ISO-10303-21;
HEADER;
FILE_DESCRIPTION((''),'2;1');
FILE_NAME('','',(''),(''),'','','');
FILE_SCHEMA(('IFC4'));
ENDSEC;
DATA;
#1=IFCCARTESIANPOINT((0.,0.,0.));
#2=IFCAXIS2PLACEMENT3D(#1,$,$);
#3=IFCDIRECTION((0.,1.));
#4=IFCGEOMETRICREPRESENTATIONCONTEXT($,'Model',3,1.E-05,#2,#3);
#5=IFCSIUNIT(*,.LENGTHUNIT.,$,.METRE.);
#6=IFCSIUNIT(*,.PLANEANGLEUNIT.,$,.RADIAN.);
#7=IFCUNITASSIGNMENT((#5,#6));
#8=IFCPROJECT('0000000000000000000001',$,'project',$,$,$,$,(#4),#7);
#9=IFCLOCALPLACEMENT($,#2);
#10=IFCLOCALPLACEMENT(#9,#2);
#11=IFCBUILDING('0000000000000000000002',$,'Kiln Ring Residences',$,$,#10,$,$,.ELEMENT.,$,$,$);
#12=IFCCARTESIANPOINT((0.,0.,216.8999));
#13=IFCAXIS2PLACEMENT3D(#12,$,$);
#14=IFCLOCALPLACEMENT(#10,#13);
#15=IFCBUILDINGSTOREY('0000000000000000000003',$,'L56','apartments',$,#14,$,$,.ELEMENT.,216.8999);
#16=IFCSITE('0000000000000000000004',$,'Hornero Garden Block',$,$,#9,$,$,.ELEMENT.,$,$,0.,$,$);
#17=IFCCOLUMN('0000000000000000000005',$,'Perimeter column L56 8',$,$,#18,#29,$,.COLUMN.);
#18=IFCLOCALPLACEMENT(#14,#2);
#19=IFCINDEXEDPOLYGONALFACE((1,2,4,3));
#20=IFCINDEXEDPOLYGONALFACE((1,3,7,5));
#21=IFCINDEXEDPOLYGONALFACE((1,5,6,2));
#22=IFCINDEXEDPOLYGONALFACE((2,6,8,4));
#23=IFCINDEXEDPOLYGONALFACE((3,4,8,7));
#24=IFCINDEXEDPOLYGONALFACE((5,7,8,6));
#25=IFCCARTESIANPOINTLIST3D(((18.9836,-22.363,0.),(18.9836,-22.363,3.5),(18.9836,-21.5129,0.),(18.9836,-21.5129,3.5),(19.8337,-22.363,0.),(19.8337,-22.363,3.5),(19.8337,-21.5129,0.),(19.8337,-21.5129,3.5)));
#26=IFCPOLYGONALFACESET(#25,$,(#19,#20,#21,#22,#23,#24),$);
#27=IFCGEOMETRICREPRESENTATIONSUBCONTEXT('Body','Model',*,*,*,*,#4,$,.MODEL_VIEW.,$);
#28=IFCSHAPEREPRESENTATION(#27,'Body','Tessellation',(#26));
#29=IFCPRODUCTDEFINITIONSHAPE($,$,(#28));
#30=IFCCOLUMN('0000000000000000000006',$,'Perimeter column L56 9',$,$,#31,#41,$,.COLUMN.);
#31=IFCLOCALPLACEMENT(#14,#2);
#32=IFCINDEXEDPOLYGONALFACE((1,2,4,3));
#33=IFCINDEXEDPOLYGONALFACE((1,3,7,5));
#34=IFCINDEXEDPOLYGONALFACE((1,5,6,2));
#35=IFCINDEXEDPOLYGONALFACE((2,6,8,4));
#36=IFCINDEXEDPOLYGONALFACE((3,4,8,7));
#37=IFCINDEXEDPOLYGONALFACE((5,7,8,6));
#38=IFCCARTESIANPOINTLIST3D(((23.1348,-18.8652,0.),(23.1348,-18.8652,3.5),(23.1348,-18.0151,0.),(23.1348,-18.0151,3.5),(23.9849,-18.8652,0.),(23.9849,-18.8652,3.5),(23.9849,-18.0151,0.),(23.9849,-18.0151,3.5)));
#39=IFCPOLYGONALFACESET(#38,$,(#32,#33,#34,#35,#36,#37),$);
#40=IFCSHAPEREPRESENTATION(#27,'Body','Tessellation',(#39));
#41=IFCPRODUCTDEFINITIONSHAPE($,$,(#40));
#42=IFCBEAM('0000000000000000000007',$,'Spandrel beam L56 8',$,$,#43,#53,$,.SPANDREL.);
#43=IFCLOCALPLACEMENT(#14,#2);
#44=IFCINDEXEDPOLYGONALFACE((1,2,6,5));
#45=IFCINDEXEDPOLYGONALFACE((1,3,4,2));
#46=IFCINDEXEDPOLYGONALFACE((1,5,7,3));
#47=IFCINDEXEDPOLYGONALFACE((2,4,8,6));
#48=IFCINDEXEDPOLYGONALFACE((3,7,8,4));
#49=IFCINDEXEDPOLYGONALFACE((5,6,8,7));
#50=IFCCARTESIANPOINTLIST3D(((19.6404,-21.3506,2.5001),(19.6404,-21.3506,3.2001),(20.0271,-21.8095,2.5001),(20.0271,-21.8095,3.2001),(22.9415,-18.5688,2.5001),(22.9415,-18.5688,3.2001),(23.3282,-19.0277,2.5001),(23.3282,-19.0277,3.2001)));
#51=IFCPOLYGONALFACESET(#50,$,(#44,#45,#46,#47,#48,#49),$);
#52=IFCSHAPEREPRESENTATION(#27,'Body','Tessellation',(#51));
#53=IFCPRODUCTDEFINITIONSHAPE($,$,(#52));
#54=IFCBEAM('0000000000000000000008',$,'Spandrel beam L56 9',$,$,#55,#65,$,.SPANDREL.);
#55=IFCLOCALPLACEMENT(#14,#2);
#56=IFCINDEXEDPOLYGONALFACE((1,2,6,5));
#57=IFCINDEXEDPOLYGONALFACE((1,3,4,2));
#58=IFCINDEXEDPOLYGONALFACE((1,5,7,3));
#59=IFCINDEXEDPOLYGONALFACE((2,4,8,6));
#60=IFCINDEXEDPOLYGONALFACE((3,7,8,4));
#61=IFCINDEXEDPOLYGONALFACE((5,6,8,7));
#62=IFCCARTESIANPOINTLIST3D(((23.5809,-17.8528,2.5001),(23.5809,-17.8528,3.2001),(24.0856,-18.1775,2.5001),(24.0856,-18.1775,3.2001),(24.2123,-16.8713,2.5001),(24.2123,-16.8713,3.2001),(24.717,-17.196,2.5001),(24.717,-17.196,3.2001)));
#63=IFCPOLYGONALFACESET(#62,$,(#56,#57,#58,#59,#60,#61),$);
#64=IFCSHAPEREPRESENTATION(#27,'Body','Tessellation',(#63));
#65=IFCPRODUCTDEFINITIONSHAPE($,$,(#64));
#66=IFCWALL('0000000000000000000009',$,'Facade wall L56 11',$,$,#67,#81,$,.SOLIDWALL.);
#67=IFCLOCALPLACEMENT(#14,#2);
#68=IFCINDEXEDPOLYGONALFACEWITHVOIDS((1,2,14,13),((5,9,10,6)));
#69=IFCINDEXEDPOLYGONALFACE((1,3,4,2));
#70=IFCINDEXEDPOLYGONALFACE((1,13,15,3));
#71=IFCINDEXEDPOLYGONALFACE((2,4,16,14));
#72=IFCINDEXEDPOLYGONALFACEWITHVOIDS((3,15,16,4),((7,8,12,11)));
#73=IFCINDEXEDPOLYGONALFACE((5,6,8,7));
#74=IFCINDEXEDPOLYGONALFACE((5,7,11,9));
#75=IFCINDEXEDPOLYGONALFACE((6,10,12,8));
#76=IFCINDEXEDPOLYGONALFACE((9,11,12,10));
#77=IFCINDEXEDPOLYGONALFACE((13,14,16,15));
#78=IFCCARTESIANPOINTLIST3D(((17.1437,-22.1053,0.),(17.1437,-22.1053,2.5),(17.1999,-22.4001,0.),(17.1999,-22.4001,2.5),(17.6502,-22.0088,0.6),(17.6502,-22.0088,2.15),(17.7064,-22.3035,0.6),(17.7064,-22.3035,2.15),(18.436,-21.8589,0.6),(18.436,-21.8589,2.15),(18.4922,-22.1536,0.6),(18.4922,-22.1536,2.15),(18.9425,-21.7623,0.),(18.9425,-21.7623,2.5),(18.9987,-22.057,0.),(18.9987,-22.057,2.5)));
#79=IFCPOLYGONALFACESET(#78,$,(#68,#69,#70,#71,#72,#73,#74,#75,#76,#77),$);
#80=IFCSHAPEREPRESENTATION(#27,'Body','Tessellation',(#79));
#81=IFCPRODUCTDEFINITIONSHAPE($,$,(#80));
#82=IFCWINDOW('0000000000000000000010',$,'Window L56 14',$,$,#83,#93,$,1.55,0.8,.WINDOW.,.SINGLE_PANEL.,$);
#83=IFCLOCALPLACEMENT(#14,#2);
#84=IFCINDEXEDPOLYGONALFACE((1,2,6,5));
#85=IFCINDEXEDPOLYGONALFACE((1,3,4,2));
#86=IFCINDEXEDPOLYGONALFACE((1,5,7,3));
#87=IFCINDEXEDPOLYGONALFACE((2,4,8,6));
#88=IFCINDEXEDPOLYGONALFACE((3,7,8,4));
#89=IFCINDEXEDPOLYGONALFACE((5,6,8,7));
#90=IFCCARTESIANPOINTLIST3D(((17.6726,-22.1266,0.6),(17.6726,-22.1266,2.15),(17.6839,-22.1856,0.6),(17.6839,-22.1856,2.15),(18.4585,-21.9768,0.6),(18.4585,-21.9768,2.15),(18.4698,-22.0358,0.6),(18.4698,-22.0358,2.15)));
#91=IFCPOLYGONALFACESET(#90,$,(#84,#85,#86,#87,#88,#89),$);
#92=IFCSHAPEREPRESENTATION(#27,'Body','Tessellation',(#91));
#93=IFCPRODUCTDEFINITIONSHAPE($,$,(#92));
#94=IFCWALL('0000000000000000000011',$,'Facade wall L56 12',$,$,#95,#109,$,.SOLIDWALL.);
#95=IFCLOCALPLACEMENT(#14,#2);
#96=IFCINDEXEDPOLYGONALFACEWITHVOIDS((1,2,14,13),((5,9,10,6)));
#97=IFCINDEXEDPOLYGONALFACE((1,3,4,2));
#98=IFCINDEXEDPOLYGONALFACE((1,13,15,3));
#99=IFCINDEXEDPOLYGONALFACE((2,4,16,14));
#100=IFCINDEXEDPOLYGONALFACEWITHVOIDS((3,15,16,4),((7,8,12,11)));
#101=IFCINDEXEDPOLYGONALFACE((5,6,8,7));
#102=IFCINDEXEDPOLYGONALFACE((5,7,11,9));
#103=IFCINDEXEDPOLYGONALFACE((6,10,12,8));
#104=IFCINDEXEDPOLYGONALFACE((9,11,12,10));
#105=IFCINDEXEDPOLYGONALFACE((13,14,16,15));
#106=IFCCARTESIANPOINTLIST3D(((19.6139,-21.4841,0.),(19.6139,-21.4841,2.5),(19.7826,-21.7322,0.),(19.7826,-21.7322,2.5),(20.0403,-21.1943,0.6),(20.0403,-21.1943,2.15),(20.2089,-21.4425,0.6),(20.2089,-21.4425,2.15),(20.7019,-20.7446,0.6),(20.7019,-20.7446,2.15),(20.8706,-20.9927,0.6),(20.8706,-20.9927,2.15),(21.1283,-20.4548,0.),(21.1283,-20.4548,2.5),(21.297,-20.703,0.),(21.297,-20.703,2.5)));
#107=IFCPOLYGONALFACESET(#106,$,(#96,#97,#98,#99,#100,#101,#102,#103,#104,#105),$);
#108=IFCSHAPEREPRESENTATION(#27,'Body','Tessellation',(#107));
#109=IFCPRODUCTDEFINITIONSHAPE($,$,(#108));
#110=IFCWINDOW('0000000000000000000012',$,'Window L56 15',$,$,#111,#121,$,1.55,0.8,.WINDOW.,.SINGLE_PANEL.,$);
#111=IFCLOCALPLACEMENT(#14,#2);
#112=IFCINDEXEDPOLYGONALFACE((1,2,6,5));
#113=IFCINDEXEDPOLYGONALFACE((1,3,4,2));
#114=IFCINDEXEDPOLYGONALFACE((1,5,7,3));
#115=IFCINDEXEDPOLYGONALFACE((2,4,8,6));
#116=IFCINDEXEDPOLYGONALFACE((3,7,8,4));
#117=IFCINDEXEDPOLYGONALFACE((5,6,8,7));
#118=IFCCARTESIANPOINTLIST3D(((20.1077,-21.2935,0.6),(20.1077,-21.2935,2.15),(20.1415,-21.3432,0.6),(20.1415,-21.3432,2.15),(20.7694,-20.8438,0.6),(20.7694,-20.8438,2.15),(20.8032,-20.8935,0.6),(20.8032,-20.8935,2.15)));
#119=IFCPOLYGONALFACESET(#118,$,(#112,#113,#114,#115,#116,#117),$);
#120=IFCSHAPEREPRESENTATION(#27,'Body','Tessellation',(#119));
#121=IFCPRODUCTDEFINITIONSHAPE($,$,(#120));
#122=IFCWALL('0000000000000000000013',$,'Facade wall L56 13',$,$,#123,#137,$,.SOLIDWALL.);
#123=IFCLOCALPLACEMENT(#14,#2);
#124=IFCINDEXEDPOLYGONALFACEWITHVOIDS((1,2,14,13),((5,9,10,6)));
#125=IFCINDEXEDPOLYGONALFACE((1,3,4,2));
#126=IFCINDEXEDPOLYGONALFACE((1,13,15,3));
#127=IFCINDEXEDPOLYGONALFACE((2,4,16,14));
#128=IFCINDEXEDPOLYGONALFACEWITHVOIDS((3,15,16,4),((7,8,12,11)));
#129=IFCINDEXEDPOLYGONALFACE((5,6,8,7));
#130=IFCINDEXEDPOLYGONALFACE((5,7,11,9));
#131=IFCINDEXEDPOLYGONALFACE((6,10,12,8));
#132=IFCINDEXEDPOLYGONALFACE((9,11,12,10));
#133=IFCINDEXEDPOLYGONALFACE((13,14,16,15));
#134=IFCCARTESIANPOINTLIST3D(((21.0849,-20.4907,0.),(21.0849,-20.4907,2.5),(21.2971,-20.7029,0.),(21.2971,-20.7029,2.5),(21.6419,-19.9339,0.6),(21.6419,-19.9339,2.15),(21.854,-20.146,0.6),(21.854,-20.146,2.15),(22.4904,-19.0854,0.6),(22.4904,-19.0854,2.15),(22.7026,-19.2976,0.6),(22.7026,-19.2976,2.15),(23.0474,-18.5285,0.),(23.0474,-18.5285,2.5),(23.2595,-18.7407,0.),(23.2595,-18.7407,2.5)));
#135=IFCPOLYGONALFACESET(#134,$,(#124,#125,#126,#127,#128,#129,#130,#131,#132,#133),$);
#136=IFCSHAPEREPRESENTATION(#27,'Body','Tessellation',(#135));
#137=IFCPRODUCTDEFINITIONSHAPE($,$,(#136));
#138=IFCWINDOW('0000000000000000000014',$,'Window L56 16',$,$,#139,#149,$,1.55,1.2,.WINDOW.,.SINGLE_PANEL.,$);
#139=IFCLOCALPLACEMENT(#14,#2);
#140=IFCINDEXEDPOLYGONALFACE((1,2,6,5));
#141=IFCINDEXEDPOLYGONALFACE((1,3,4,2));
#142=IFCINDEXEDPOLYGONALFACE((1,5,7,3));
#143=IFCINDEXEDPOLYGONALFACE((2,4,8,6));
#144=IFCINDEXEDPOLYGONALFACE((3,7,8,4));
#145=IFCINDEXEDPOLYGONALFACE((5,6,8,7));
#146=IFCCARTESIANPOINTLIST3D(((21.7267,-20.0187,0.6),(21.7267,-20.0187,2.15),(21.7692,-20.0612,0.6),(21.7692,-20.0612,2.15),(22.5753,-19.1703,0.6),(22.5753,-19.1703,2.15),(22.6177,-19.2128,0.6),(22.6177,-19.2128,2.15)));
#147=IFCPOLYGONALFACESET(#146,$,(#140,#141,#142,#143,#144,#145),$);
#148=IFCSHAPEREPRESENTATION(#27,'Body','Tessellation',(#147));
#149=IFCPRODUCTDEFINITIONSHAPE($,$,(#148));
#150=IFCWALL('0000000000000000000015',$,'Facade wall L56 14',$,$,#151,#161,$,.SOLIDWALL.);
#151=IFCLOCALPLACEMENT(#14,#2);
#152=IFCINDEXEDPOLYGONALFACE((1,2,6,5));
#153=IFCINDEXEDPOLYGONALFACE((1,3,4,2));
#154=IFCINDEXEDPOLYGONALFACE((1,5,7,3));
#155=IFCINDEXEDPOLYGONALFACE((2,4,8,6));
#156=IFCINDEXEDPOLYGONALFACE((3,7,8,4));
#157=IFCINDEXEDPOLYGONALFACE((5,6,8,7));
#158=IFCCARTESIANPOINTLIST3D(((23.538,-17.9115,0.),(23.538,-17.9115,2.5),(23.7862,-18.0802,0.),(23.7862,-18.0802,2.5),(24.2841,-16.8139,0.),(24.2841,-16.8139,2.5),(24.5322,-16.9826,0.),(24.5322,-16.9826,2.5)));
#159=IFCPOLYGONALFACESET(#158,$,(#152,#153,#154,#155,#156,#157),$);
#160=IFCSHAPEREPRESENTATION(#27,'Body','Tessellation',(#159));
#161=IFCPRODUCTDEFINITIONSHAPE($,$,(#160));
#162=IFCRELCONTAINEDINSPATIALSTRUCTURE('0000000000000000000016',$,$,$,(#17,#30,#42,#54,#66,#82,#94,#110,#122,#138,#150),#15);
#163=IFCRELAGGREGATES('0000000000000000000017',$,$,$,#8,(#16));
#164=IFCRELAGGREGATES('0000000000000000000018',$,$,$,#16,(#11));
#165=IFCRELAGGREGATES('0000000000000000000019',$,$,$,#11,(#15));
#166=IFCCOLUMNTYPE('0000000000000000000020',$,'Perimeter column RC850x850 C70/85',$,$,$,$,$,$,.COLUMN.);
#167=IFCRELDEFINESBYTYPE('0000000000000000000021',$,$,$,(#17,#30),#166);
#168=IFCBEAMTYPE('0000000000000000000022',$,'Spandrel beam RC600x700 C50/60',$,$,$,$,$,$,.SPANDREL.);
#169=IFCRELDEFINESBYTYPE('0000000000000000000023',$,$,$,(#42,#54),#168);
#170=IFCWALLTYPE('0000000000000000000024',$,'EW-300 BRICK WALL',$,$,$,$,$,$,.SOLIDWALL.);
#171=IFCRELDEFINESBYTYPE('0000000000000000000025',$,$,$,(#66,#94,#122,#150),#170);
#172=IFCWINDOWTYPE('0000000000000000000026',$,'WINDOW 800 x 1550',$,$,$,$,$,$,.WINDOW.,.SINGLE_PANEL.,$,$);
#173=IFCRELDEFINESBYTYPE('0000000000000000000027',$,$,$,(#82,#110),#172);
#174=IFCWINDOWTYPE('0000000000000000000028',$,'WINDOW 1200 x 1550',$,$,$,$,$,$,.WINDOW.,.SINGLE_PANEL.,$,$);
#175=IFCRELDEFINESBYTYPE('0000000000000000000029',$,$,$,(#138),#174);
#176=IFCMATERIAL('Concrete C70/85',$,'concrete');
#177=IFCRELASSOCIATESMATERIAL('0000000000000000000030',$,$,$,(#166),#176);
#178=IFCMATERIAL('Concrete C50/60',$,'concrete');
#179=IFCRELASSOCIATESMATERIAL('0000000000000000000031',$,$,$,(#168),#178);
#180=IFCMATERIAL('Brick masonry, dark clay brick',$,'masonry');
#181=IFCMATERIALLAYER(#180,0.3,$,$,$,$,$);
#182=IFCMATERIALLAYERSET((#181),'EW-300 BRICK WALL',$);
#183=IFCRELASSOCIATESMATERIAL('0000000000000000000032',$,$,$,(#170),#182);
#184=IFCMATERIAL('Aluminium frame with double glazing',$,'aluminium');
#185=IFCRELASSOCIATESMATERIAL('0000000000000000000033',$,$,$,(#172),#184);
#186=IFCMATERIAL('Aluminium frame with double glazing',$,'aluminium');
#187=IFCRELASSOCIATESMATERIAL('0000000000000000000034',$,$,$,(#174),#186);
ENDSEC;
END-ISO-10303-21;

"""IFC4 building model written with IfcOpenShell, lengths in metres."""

from ifc_helpers import new_model, si_unit, direction, frame, frame_2d, origin, origin_2d, place, context, subcontext, project, spatial, rectangle, extrude, material, layer, layer_set, material_profile, profile_set, type_object, element, fill, save


model = new_model("IFC4")

# Units and contexts
model_context = context("Model", 3, precision=1e-05, world=origin(), true_north=direction((0.0, 1.0)))
body_context = subcontext(model_context, "Body", "Model", "MODEL_VIEW")
ifc_project = project(units=[si_unit("LENGTHUNIT", "METRE"), si_unit("PLANEANGLEUNIT", "RADIAN")], contexts=[model_context])

# Site, building, storey
site_placement = place(None, origin())
site = spatial("IfcSite", under=ifc_project, at=site_placement, Name="Hornero Garden Block", CompositionType="ELEMENT", RefElevation=0.0)
building_placement = place(site_placement, origin())
building = spatial("IfcBuilding", under=site, at=building_placement, Name="Kiln Ring Residences", CompositionType="ELEMENT")
storey_placement = place(building_placement, frame((0.0, 0.0, 216.8999)))
storey = spatial("IfcBuildingStorey", under=building, at=storey_placement, Name="L56", Description="apartments", CompositionType="ELEMENT", Elevation=216.8999)

# Columns
ifc_material_1 = material(Name="Concrete C70/85", Category="concrete")
ifc_material_profile_1 = material_profile(ifc_material_1, rectangle(XDim=0.8501, YDim=0.8501, at=origin_2d()), Name="RC850x850")
ifc_profile_set_1 = profile_set([ifc_material_profile_1], Name="Concrete C70/85")
column_type = type_object("IfcColumnType", Name="Perimeter column RC850x850 C70/85", PredefinedType="COLUMN", material=ifc_profile_set_1)
for number, where, z_axis, x_axis, name in (
    (1, (19.4087, -21.938, 0.0), (0.0, 0.0, 1.0), (1.0, 0.0, 0.0), "Perimeter column L56 8"),
    (2, (23.5598, -18.4402, 0.0), (0.0, 0.0, 1.0), (1.0, 0.0, 0.0), "Perimeter column L56 9"),
):
    element("IfcColumn", number, at=place(storey_placement, frame(where, z_axis=z_axis, x_axis=x_axis)), inside=storey, type_object=column_type, Name=name, PredefinedType="COLUMN", context=body_context, shape_type="SweptSolid", body=[
        extrude(rectangle(XDim=0.8501, YDim=0.8501, at=origin_2d()), origin(), (0.0, 0.0, 1.0), 3.5),
    ])

# Beams
ifc_material_2 = material(Name="Concrete C50/60", Category="concrete")
ifc_material_profile_2 = material_profile(ifc_material_2, rectangle(XDim=0.6001, YDim=0.7, at=origin_2d()), Name="RC600x700")
ifc_profile_set_2 = profile_set([ifc_material_profile_2], Name="Concrete C50/60")
beam_type = type_object("IfcBeamType", Name="Spandrel beam RC600x700 C50/60", PredefinedType="SPANDREL", material=ifc_profile_set_2)
beam_1_placement = place(storey_placement, frame((19.8337, -21.5801, 2.8501), z_axis=(0.764691, 0.644397, 0.0), x_axis=(-0.644397, 0.764691, 0.0)))
element("IfcBeam", 3, at=beam_1_placement, inside=storey, type_object=beam_type, Name="Spandrel beam L56 8", PredefinedType="SPANDREL", context=body_context, shape_type="SweptSolid", body=[
    extrude(rectangle(XDim=0.6001, YDim=0.7, at=origin_2d()), origin(), (0.0, 0.0, 1.0), 4.3169),
])
beam_2_placement = place(storey_placement, frame((23.8333, -18.0151, 2.8501), z_axis=(0.541011, 0.841015, 0.0), x_axis=(-0.841015, 0.541011, 0.0)))
element("IfcBeam", 4, at=beam_2_placement, inside=storey, type_object=beam_type, Name="Spandrel beam L56 9", PredefinedType="SPANDREL", context=body_context, shape_type="SweptSolid", body=[
    extrude(rectangle(XDim=0.6001, YDim=0.7, at=origin_2d()), origin(), (0.0, 0.0, 1.0), 1.167),
])

# Walls, openings, windows
ifc_material_3 = material(Name="Brick masonry, dark clay brick", Category="masonry")
ifc_layer_1 = layer(ifc_material_3, 0.3)
ifc_layer_set_1 = layer_set([ifc_layer_1], Name="EW-300 BRICK WALL")
wall_type_1 = type_object("IfcWallType", Name="EW-300 BRICK WALL", PredefinedType="SOLIDWALL", material=ifc_layer_set_1)
wall_1_placement = place(storey_placement, frame((17.1719, -22.2527, 0.0), z_axis=(0.0, 0.0, 1.0), x_axis=(0.9823, 0.187314, 0.0)))
wall_1 = element("IfcWall", 5, at=wall_1_placement, inside=storey, type_object=wall_type_1, Name="Facade wall L56 11", PredefinedType="SOLIDWALL", context=body_context, shape_type="SweptSolid", body=[
    extrude(rectangle(XDim=1.8313, YDim=0.3, at=frame_2d((0.9155, 0.0))), origin(), (0.0, 0.0, 1.0), 2.5),
])
opening_1_placement = place(wall_1_placement, frame((0.5156, 0.0, 0.6001)))
opening_1 = element("IfcOpeningElement", 6, at=opening_1_placement, cuts=wall_1, PredefinedType="OPENING", context=body_context, shape_type="SweptSolid", body=[
    extrude(rectangle(XDim=0.8, YDim=1.55, at=frame_2d((0.3999, 0.7749))), frame((0.0, 0.1599, 0.0), z_axis=(0.0, -1.0, 0.0), x_axis=(1.0, 0.0, 0.0)), (0.0, 0.0, 1.0), 0.3201),
])
ifc_material_4 = material(Name="Aluminium frame with double glazing", Category="aluminium")
window_type_1 = type_object("IfcWindowType", Name="WINDOW 800 x 1550", PartitioningType="SINGLE_PANEL", PredefinedType="WINDOW", material=ifc_material_4)
window_1_placement = place(opening_1_placement, origin())
window_1 = element("IfcWindow", 7, at=window_1_placement, inside=storey, type_object=window_type_1, Name="Window L56 14", OverallHeight=1.55, OverallWidth=0.8, PartitioningType="SINGLE_PANEL", PredefinedType="WINDOW", context=body_context, shape_type="SweptSolid", body=[
    extrude(rectangle(XDim=0.8, YDim=1.55, at=frame_2d((0.3999, 0.7749))), frame((0.0, 0.03, 0.0), z_axis=(0.0, -1.0, 0.0), x_axis=(1.0, 0.0, 0.0)), (0.0, 0.0, 1.0), 0.0601),
])
fill(opening_1, window_1)
wall_2_placement = place(storey_placement, frame((19.6982, -21.6082, 0.0), z_axis=(0.0, 0.0, 1.0), x_axis=(0.827053, 0.562124, 0.0)))
wall_2 = element("IfcWall", 8, at=wall_2_placement, inside=storey, type_object=wall_type_1, Name="Facade wall L56 12", PredefinedType="SOLIDWALL", context=body_context, shape_type="SweptSolid", body=[
    extrude(rectangle(XDim=1.8311, YDim=0.3, at=frame_2d((0.9155, 0.0))), origin(), (0.0, 0.0, 1.0), 2.5),
])
opening_2_placement = place(wall_2_placement, frame((0.5156, 0.0, 0.6001)))
opening_2 = element("IfcOpeningElement", 9, at=opening_2_placement, cuts=wall_2, PredefinedType="OPENING", context=body_context, shape_type="SweptSolid", body=[
    extrude(rectangle(XDim=0.8, YDim=1.55, at=frame_2d((0.3999, 0.7749))), frame((0.0, 0.1599, 0.0), z_axis=(0.0, -1.0, 0.0), x_axis=(1.0, 0.0, 0.0)), (0.0, 0.0, 1.0), 0.3201),
])
window_2_placement = place(opening_2_placement, origin())
window_2 = element("IfcWindow", 10, at=window_2_placement, inside=storey, type_object=window_type_1, Name="Window L56 15", OverallHeight=1.55, OverallWidth=0.8, PartitioningType="SINGLE_PANEL", PredefinedType="WINDOW", context=body_context, shape_type="SweptSolid", body=[
    extrude(rectangle(XDim=0.8, YDim=1.55, at=frame_2d((0.3999, 0.7749))), frame((0.0, 0.03, 0.0), z_axis=(0.0, -1.0, 0.0), x_axis=(1.0, 0.0, 0.0)), (0.0, 0.0, 1.0), 0.0601),
])
fill(opening_2, window_2)
wall_3_placement = place(storey_placement, frame((21.1909, -20.5969, 0.0), z_axis=(0.0, 0.0, 1.0), x_axis=(0.707151, 0.707063, 0.0)))
wall_3 = element("IfcWall", 11, at=wall_3_placement, inside=storey, type_object=wall_type_1, Name="Facade wall L56 13", PredefinedType="SOLIDWALL", context=body_context, shape_type="SweptSolid", body=[
    extrude(rectangle(XDim=2.7751, YDim=0.3, at=frame_2d((1.3877, 0.0))), origin(), (0.0, 0.0, 1.0), 2.5),
])
opening_3_placement = place(wall_3_placement, frame((0.7876, 0.0, 0.6001)))
opening_3 = element("IfcOpeningElement", 12, at=opening_3_placement, cuts=wall_3, PredefinedType="OPENING", context=body_context, shape_type="SweptSolid", body=[
    extrude(rectangle(XDim=1.2, YDim=1.55, at=frame_2d((0.6001, 0.7749))), frame((0.0, 0.1599, 0.0), z_axis=(0.0, -1.0, 0.0), x_axis=(1.0, 0.0, 0.0)), (0.0, 0.0, 1.0), 0.3201),
])
ifc_material_5 = material(Name="Aluminium frame with double glazing", Category="aluminium")
window_type_2 = type_object("IfcWindowType", Name="WINDOW 1200 x 1550", PartitioningType="SINGLE_PANEL", PredefinedType="WINDOW", material=ifc_material_5)
window_3_placement = place(opening_3_placement, origin())
window_3 = element("IfcWindow", 13, at=window_3_placement, inside=storey, type_object=window_type_2, Name="Window L56 16", OverallHeight=1.55, OverallWidth=1.2, PartitioningType="SINGLE_PANEL", PredefinedType="WINDOW", context=body_context, shape_type="SweptSolid", body=[
    extrude(rectangle(XDim=1.2, YDim=1.55, at=frame_2d((0.6001, 0.7749))), frame((0.0, 0.03, 0.0), z_axis=(0.0, -1.0, 0.0), x_axis=(1.0, 0.0, 0.0)), (0.0, 0.0, 1.0), 0.0601),
])
fill(opening_3, window_3)

# Wall
wall_4_placement = place(storey_placement, frame((23.6621, -17.9958, 0.0), z_axis=(0.0, 0.0, 1.0), x_axis=(0.562149, 0.827036, 0.0)))
element("IfcWall", 14, at=wall_4_placement, inside=storey, type_object=wall_type_1, Name="Facade wall L56 14", PredefinedType="SOLIDWALL", context=body_context, shape_type="SweptSolid", body=[
    extrude(rectangle(XDim=1.3271, YDim=0.3, at=frame_2d((0.6636, 0.0))), origin(), (0.0, 0.0, 1.0), 2.5),
])

save(model, "model.ifc")
